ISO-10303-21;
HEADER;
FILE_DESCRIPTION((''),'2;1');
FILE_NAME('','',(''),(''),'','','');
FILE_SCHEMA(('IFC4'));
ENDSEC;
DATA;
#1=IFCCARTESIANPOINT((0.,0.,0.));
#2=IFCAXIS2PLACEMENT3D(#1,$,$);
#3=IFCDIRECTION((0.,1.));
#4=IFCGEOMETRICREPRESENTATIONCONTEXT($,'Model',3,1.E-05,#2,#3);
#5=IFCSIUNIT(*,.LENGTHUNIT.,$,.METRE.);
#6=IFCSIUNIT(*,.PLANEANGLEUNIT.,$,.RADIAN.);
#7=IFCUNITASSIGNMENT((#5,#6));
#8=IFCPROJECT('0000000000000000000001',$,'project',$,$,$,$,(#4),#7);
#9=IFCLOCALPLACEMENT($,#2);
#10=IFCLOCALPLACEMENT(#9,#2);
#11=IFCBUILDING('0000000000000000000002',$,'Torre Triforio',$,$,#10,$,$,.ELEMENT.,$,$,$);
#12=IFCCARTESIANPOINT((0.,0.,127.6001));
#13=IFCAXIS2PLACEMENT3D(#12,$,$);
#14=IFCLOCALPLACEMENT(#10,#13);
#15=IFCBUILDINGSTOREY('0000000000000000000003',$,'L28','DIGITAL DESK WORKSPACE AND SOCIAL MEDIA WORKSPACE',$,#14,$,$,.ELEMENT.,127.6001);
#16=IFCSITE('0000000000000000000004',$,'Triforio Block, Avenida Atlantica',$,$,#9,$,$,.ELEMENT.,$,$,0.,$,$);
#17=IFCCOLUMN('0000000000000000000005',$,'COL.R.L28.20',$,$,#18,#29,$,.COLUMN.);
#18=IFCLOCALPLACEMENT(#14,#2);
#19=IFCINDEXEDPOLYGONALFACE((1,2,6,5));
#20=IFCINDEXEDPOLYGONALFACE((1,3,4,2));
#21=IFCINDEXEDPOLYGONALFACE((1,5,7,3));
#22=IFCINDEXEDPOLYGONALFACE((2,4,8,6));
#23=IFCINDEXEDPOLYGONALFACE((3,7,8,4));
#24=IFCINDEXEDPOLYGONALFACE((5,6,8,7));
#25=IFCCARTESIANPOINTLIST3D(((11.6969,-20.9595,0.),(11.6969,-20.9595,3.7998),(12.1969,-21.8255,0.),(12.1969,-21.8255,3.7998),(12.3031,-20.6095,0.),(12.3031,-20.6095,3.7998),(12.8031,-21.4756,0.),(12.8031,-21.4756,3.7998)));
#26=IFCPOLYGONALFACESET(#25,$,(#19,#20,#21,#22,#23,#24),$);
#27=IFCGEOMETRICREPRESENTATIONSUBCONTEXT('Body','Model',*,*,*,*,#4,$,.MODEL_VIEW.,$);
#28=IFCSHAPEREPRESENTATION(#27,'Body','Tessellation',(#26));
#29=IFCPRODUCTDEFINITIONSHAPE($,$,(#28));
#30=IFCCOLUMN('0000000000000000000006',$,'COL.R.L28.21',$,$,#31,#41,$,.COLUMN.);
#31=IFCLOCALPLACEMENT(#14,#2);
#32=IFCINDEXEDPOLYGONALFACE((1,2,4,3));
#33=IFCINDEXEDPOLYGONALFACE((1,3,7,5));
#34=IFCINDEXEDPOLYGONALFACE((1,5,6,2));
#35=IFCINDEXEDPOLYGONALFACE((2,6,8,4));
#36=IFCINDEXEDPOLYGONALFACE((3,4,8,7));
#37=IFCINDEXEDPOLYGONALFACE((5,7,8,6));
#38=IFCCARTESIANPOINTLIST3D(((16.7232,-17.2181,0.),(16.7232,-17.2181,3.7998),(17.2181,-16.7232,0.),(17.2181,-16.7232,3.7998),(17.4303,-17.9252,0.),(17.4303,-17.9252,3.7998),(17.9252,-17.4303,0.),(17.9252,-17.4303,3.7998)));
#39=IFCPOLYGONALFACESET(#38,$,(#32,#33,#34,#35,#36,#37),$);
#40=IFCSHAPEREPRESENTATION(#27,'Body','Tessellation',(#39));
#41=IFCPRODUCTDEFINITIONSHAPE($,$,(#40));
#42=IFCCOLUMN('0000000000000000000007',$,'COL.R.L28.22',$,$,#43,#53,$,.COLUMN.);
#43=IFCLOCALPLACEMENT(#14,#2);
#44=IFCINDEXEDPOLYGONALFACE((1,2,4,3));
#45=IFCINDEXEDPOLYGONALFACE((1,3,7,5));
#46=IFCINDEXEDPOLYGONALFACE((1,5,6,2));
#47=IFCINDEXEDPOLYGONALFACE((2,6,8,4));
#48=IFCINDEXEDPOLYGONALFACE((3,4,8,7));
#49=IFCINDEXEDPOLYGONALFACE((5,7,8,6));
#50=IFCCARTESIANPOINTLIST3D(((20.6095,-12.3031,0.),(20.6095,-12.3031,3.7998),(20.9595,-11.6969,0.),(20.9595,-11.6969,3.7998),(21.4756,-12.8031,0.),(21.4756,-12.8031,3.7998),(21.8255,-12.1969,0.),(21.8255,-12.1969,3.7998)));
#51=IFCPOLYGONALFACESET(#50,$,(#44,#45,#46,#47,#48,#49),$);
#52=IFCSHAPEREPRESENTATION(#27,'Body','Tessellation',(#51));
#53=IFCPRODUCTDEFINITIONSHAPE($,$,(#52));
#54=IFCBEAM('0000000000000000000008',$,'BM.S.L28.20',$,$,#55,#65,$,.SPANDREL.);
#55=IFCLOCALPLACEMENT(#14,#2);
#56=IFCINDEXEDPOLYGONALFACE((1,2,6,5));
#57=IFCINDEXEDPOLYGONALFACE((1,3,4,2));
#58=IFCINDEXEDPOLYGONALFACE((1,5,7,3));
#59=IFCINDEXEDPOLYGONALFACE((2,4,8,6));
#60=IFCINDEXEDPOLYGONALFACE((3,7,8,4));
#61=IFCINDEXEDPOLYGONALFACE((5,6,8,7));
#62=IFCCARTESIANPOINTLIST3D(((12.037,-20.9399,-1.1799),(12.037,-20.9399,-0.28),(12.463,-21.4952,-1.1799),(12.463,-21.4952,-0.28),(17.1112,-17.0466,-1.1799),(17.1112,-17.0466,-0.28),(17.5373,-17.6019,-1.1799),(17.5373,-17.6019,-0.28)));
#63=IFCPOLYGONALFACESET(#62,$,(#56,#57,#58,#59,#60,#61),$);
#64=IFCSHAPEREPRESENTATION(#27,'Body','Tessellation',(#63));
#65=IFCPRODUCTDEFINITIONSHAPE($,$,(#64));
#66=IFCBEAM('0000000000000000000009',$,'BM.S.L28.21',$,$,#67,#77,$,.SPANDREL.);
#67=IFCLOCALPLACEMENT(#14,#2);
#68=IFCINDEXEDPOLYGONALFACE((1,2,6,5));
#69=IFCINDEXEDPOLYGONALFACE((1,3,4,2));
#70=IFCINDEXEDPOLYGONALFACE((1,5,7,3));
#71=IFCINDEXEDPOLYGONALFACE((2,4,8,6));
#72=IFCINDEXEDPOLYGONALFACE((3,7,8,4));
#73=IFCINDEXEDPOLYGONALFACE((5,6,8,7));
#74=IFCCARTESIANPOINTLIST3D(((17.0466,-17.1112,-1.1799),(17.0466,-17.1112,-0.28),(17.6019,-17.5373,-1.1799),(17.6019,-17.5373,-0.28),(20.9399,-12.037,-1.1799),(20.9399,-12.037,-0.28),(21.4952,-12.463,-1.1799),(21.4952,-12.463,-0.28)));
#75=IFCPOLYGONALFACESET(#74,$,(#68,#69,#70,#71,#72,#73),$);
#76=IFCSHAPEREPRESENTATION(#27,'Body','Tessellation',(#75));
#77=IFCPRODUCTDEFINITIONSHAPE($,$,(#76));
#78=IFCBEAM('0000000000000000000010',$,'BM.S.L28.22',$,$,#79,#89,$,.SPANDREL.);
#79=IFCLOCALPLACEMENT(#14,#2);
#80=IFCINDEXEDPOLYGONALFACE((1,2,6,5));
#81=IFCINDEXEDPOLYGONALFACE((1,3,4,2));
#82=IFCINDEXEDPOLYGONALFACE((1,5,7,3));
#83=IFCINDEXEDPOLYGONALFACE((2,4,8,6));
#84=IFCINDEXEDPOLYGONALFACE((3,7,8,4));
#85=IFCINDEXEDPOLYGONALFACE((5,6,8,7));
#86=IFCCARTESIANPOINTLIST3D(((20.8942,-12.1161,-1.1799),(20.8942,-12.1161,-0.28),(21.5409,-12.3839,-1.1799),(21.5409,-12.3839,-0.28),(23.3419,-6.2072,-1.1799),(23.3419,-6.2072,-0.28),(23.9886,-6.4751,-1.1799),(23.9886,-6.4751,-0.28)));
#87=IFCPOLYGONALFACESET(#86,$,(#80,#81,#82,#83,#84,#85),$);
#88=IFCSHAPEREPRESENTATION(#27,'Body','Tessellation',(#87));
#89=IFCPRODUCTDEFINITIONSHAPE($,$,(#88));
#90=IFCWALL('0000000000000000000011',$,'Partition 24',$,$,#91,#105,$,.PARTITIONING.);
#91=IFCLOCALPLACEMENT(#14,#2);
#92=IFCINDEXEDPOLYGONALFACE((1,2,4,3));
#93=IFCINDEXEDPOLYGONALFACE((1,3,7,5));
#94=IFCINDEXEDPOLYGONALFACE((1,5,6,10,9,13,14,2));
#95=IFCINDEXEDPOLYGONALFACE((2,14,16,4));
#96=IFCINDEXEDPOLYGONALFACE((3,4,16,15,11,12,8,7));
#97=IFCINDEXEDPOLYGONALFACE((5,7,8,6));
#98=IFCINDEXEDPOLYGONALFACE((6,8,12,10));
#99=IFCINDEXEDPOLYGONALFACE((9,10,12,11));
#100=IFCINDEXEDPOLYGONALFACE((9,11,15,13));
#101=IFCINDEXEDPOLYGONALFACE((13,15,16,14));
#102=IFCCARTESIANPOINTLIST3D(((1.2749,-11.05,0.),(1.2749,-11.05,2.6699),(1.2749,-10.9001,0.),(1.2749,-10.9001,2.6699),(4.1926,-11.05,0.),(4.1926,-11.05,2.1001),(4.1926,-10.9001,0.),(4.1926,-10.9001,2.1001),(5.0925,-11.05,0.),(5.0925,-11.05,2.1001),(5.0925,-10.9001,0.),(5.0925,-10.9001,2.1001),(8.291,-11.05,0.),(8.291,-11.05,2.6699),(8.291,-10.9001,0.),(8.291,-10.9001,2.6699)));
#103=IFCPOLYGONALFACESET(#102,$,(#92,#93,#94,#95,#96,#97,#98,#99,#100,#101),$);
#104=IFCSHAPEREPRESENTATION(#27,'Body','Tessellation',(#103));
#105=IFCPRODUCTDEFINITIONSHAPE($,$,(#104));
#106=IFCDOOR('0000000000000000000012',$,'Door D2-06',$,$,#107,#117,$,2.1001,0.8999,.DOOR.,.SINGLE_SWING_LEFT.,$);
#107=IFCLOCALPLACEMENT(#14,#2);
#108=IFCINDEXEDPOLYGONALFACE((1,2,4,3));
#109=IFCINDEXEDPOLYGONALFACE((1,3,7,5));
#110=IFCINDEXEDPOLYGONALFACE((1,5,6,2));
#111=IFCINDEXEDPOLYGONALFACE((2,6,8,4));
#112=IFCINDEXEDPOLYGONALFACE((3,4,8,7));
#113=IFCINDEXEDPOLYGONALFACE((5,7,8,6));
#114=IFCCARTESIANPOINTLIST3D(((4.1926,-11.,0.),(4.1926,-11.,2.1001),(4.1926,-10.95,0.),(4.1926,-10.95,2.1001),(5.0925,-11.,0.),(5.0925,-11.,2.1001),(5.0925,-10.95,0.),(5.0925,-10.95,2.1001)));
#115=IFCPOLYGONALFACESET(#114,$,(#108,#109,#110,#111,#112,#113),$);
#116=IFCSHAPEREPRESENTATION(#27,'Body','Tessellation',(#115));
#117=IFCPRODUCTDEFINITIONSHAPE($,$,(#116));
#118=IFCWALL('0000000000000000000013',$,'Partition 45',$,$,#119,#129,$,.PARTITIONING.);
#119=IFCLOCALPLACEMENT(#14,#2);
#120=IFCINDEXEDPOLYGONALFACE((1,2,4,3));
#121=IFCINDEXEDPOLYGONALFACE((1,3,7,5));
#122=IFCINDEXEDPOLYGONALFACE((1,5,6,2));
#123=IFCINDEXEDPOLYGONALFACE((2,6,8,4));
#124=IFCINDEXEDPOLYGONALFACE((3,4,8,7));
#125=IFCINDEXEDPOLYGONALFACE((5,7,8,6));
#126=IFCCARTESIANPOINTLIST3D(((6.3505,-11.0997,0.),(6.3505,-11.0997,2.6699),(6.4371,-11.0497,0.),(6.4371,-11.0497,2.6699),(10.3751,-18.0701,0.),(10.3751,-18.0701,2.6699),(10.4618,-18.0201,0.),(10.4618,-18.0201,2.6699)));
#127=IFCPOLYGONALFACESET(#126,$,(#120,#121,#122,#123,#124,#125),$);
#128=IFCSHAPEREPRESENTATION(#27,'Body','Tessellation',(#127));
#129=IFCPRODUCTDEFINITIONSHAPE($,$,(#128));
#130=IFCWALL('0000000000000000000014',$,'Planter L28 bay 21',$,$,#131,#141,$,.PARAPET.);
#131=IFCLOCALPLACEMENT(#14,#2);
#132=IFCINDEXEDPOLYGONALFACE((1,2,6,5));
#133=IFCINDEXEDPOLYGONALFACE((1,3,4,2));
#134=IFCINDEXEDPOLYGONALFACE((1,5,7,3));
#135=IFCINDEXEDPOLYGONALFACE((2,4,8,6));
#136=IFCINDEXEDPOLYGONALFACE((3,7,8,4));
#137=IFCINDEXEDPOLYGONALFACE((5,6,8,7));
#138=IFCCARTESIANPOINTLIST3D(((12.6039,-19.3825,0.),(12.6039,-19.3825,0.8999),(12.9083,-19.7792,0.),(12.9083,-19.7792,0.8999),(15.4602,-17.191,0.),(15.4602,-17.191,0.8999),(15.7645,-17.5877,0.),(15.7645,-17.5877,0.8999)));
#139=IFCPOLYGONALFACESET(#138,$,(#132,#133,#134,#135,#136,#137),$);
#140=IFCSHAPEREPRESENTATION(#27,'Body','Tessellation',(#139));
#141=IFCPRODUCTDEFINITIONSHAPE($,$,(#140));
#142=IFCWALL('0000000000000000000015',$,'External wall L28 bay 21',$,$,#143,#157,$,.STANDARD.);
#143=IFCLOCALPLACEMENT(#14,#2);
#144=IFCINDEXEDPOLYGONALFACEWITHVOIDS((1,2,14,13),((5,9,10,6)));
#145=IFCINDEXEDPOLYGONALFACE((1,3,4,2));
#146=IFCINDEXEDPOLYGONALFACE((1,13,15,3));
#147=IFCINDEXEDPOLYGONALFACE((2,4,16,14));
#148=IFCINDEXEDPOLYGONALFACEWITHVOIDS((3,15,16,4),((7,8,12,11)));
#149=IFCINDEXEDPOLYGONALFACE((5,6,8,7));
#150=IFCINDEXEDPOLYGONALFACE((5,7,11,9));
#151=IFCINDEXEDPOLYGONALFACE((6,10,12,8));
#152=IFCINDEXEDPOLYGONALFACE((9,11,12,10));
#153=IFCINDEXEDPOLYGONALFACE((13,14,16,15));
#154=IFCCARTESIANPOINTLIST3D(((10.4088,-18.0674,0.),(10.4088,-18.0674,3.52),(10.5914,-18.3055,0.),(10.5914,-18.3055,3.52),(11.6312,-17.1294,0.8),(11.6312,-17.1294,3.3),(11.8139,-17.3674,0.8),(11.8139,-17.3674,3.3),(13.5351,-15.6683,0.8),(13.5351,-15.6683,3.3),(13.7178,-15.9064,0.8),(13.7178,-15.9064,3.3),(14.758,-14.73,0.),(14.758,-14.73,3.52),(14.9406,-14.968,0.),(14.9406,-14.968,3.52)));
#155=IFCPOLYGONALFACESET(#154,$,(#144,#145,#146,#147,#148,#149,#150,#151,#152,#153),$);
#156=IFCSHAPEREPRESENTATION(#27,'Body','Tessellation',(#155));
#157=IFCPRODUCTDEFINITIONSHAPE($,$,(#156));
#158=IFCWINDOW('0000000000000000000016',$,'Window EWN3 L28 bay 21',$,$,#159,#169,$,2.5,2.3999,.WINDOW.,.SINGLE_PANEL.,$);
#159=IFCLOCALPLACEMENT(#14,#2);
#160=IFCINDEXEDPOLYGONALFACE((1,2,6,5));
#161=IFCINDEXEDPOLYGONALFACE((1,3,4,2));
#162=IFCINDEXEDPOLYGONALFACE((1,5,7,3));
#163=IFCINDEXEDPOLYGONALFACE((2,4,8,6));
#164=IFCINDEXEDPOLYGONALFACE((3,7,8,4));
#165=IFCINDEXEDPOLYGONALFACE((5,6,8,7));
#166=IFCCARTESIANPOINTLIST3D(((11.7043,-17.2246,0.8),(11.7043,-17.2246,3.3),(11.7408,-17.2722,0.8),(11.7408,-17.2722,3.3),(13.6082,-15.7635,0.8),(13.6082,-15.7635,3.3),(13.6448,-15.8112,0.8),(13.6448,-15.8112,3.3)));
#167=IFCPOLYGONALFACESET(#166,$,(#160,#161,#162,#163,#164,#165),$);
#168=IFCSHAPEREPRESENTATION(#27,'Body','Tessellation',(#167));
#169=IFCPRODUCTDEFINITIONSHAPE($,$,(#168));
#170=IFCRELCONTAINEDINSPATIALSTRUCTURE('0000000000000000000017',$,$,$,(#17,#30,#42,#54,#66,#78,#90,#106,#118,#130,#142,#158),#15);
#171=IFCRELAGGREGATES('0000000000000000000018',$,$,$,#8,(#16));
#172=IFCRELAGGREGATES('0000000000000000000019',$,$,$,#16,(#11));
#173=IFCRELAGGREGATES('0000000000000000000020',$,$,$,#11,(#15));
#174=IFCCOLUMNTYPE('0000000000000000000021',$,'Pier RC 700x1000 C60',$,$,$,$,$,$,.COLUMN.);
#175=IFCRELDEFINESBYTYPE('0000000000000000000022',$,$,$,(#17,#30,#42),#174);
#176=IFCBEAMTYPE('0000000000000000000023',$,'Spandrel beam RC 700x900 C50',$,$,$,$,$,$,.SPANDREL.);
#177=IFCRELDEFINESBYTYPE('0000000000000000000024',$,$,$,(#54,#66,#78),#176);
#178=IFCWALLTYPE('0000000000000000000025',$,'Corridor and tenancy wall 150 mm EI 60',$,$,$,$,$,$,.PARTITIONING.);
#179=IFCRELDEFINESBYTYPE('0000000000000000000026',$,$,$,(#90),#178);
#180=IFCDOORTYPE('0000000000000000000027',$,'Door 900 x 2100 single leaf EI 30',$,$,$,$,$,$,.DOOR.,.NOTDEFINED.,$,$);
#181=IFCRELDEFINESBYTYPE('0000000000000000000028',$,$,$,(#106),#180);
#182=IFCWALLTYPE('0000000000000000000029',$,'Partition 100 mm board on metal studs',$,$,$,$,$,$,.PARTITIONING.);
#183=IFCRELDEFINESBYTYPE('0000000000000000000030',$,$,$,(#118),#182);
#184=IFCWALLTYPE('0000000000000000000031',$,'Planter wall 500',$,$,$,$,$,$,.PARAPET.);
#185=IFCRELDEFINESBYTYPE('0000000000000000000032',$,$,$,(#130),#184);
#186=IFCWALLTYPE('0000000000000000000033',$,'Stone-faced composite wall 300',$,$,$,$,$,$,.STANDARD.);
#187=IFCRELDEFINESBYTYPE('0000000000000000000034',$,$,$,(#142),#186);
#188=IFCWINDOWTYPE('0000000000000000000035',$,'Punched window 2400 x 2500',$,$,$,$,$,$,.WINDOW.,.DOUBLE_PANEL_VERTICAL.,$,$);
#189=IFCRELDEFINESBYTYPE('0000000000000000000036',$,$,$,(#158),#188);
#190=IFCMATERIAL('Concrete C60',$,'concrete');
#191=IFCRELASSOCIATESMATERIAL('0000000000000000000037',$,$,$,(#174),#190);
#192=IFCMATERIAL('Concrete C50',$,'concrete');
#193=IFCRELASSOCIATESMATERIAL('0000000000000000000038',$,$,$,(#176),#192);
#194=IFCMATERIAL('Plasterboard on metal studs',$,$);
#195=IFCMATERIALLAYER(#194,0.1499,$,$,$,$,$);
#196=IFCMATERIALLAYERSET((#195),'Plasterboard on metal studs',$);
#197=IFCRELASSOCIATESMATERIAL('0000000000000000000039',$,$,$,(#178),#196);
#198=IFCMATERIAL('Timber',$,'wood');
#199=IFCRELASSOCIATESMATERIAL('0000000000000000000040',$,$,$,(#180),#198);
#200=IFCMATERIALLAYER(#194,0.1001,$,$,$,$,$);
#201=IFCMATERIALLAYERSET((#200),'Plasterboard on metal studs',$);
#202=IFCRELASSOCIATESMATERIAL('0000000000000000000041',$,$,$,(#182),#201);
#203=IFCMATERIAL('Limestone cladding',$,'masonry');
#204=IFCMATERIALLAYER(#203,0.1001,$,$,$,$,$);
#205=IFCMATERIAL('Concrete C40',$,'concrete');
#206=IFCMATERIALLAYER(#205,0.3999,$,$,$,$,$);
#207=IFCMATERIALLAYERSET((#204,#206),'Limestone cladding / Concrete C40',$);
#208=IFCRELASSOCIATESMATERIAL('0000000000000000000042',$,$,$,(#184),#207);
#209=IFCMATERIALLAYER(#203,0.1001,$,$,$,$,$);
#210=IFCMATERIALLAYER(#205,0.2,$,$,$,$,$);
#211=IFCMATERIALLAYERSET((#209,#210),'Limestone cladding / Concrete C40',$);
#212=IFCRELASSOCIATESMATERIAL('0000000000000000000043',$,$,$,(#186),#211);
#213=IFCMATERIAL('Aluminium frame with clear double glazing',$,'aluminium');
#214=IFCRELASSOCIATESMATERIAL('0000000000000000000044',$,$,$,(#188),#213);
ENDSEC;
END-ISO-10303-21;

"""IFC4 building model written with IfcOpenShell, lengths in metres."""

from ifc_helpers import new_model, si_unit, direction, frame, frame_2d, origin, origin_2d, place, context, subcontext, project, spatial, rectangle, extrude, material, layer, layer_set, material_profile, profile_set, type_object, element, fill, save


model = new_model("IFC4")

# Units and contexts
model_context = context("Model", 3, precision=1e-05, world=origin(), true_north=direction((0.0, 1.0)))
body_context = subcontext(model_context, "Body", "Model", "MODEL_VIEW")
ifc_project = project(units=[si_unit("LENGTHUNIT", "METRE"), si_unit("PLANEANGLEUNIT", "RADIAN")], contexts=[model_context])

# Site, building, storey
site_placement = place(None, origin())
site = spatial("IfcSite", under=ifc_project, at=site_placement, Name="Triforio Block, Avenida Atlantica", CompositionType="ELEMENT", RefElevation=0.0)
building_placement = place(site_placement, origin())
building = spatial("IfcBuilding", under=site, at=building_placement, Name="Torre Triforio", CompositionType="ELEMENT")
storey_placement = place(building_placement, frame((0.0, 0.0, 127.6001)))
storey = spatial("IfcBuildingStorey", under=building, at=storey_placement, Name="L28", Description="DIGITAL DESK WORKSPACE AND SOCIAL MEDIA WORKSPACE", CompositionType="ELEMENT", Elevation=127.6001)

# Columns
ifc_material_1 = material(Name="Concrete C60", Category="concrete")
ifc_material_profile_1 = material_profile(ifc_material_1, rectangle(XDim=0.7, YDim=1.0, at=origin_2d()), Name="RC 700x1000")
ifc_profile_set_1 = profile_set([ifc_material_profile_1], Name="Concrete C60")
column_type = type_object("IfcColumnType", Name="Pier RC 700x1000 C60", PredefinedType="COLUMN", material=ifc_profile_set_1)
for number, where, z_axis, x_axis, name in (
    (1, (12.25, -21.2175, 0.0), (0.0, 0.0, 1.0), (0.866025, 0.5, 0.0), "COL.R.L28.20"),
    (2, (17.3242, -17.3242, 0.0), (0.0, 0.0, 1.0), (0.707107, 0.707107, 0.0), "COL.R.L28.21"),
    (3, (21.2175, -12.25, 0.0), (0.0, 0.0, 1.0), (0.5, 0.866025, 0.0), "COL.R.L28.22"),
):
    element("IfcColumn", number, at=place(storey_placement, frame(where, z_axis=z_axis, x_axis=x_axis)), inside=storey, type_object=column_type, Name=name, PredefinedType="COLUMN", context=body_context, shape_type="SweptSolid", body=[
        extrude(rectangle(XDim=0.7, YDim=1.0, at=origin_2d()), origin(), (0.0, 0.0, 1.0), 3.7998),
    ])

# Beams
ifc_material_2 = material(Name="Concrete C50", Category="concrete")
ifc_material_profile_2 = material_profile(ifc_material_2, rectangle(XDim=0.7, YDim=0.8999, at=origin_2d()), Name="RC 700x900")
ifc_profile_set_2 = profile_set([ifc_material_profile_2], Name="Concrete C50")
beam_type = type_object("IfcBeamType", Name="Spandrel beam RC 700x900 C50", PredefinedType="SPANDREL", material=ifc_profile_set_2)
for number, where, z_axis, x_axis, name in (
    (4, (12.25, -21.2175, -0.73), (0.793374, 0.608734, 0.0), (-0.608734, 0.793374, 0.0), "BM.S.L28.20"),
    (5, (17.3242, -17.3242, -0.73), (0.608734, 0.793374, 0.0), (-0.793374, 0.608734, 0.0), "BM.S.L28.21"),
    (6, (21.2175, -12.25, -0.73), (0.382709, 0.923869, 0.0), (-0.923869, 0.382709, 0.0), "BM.S.L28.22"),
):
    element("IfcBeam", number, at=place(storey_placement, frame(where, z_axis=z_axis, x_axis=x_axis)), inside=storey, type_object=beam_type, Name=name, PredefinedType="SPANDREL", context=body_context, shape_type="SweptSolid", body=[
        extrude(rectangle(XDim=0.7, YDim=0.8999, at=origin_2d()), origin(), (0.0, 0.0, 1.0), 6.3958),
    ])

# Wall, opening, door
ifc_material_3 = material(Name="Plasterboard on metal studs")
ifc_layer_1 = layer(ifc_material_3, 0.1499)
ifc_layer_set_1 = layer_set([ifc_layer_1], Name="Plasterboard on metal studs")
wall_type_1 = type_object("IfcWallType", Name="Corridor and tenancy wall 150 mm EI 60", PredefinedType="PARTITIONING", material=ifc_layer_set_1)
wall_1_placement = place(storey_placement, frame((8.291, -10.9751, 0.0), z_axis=(0.0, 0.0, 1.0), x_axis=(-1.0, 0.0, 0.0)))
wall_1 = element("IfcWall", 7, at=wall_1_placement, inside=storey, type_object=wall_type_1, Name="Partition 24", PredefinedType="PARTITIONING", context=body_context, shape_type="SweptSolid", body=[
    extrude(rectangle(XDim=7.0161, YDim=0.1499, at=frame_2d((3.5081, 0.0))), origin(), (0.0, 0.0, 1.0), 2.6699),
])
opening_1_placement = place(wall_1_placement, frame((3.1985, 0.0, 0.0)))
opening_1 = element("IfcOpeningElement", 8, at=opening_1_placement, cuts=wall_1, PredefinedType="OPENING", context=body_context, shape_type="SweptSolid", body=[
    extrude(rectangle(XDim=0.8999, YDim=2.1001, at=frame_2d((0.45, 1.05))), frame((0.0, 0.085, 0.0), z_axis=(0.0, -1.0, 0.0), x_axis=(1.0, 0.0, 0.0)), (0.0, 0.0, 1.0), 0.1699),
])
ifc_material_4 = material(Name="Timber", Category="wood")
door_type_1 = type_object("IfcDoorType", Name="Door 900 x 2100 single leaf EI 30", OperationType="NOTDEFINED", PredefinedType="DOOR", material=ifc_material_4)
door_1_placement = place(opening_1_placement, origin())
door_1 = element("IfcDoor", 9, at=door_1_placement, inside=storey, type_object=door_type_1, Name="Door D2-06", OperationType="SINGLE_SWING_LEFT", OverallHeight=2.1001, OverallWidth=0.8999, PredefinedType="DOOR", context=body_context, shape_type="SweptSolid", body=[
    extrude(rectangle(XDim=0.8999, YDim=2.1001, at=frame_2d((0.45, 1.05))), frame((0.0, 0.0249, 0.0), z_axis=(0.0, -1.0, 0.0), x_axis=(1.0, 0.0, 0.0)), (0.0, 0.0, 1.0), 0.05),
])
fill(opening_1, door_1)

# Walls
ifc_layer_2 = layer(ifc_material_3, 0.1001)
ifc_layer_set_2 = layer_set([ifc_layer_2], Name="Plasterboard on metal studs")
wall_type_2 = type_object("IfcWallType", Name="Partition 100 mm board on metal studs", PredefinedType="PARTITIONING", material=ifc_layer_set_2)
wall_2_placement = place(storey_placement, frame((6.3938, -11.0747, 0.0), z_axis=(0.0, 0.0, 1.0), x_axis=(0.500024, -0.866011, 0.0)))
element("IfcWall", 10, at=wall_2_placement, inside=storey, type_object=wall_type_2, Name="Partition 45", PredefinedType="PARTITIONING", context=body_context, shape_type="SweptSolid", body=[
    extrude(rectangle(XDim=8.0488, YDim=0.1001, at=frame_2d((4.0244, 0.0))), origin(), (0.0, 0.0, 1.0), 2.6699),
])
ifc_material_5 = material(Name="Limestone cladding", Category="masonry")
ifc_layer_3 = layer(ifc_material_5, 0.1001)
ifc_material_6 = material(Name="Concrete C40", Category="concrete")
ifc_layer_4 = layer(ifc_material_6, 0.3999)
ifc_layer_set_3 = layer_set([ifc_layer_3, ifc_layer_4], Name="Limestone cladding / Concrete C40")
wall_type_3 = type_object("IfcWallType", Name="Planter wall 500", PredefinedType="PARAPET", material=ifc_layer_set_3)
wall_3_placement = place(storey_placement, frame((12.7561, -19.5808, 0.0), z_axis=(0.0, 0.0, 1.0), x_axis=(0.793385, 0.608721, 0.0)))
element("IfcWall", 11, at=wall_3_placement, inside=storey, type_object=wall_type_3, Name="Planter L28 bay 21", PredefinedType="PARAPET", context=body_context, shape_type="SweptSolid", body=[
    extrude(rectangle(XDim=3.6001, YDim=0.5, at=frame_2d((1.8, 0.0))), origin(), (0.0, 0.0, 1.0), 0.8999),
])

# Wall, opening, window
ifc_layer_5 = layer(ifc_material_5, 0.1001)
ifc_layer_6 = layer(ifc_material_6, 0.2)
ifc_layer_set_4 = layer_set([ifc_layer_5, ifc_layer_6], Name="Limestone cladding / Concrete C40")
wall_type_4 = type_object("IfcWallType", Name="Stone-faced composite wall 300", PredefinedType="STANDARD", material=ifc_layer_set_4)
wall_4_placement = place(storey_placement, frame((10.5, -18.1865, 0.0), z_axis=(0.0, 0.0, 1.0), x_axis=(0.793335, 0.608785, 0.0)))
wall_4 = element("IfcWall", 12, at=wall_4_placement, inside=storey, type_object=wall_type_4, Name="External wall L28 bay 21", PredefinedType="STANDARD", context=body_context, shape_type="SweptSolid", body=[
    extrude(rectangle(XDim=5.4822, YDim=0.3, at=frame_2d((2.7412, 0.0))), origin(), (0.0, 0.0, 1.0), 3.52),
])
opening_2_placement = place(wall_4_placement, frame((1.541, 0.0, 0.8)))
opening_2 = element("IfcOpeningElement", 13, at=opening_2_placement, cuts=wall_4, PredefinedType="OPENING", context=body_context, shape_type="SweptSolid", body=[
    extrude(rectangle(XDim=2.3999, YDim=2.5, at=frame_2d((1.2, 1.25))), frame((0.0, 0.1599, 0.0), z_axis=(0.0, -1.0, 0.0), x_axis=(1.0, 0.0, 0.0)), (0.0, 0.0, 1.0), 0.3201),
])
ifc_material_7 = material(Name="Aluminium frame with clear double glazing", Category="aluminium")
window_type_1 = type_object("IfcWindowType", Name="Punched window 2400 x 2500", PartitioningType="DOUBLE_PANEL_VERTICAL", PredefinedType="WINDOW", material=ifc_material_7)
window_1_placement = place(opening_2_placement, origin())
window_1 = element("IfcWindow", 14, at=window_1_placement, inside=storey, type_object=window_type_1, Name="Window EWN3 L28 bay 21", OverallHeight=2.5, OverallWidth=2.3999, PartitioningType="SINGLE_PANEL", PredefinedType="WINDOW", context=body_context, shape_type="SweptSolid", body=[
    extrude(rectangle(XDim=2.3999, YDim=2.5, at=frame_2d((1.2, 1.25))), frame((0.0, 0.03, 0.0), z_axis=(0.0, -1.0, 0.0), x_axis=(1.0, 0.0, 0.0)), (0.0, 0.0, 1.0), 0.0601),
])
fill(opening_2, window_1)

save(model, "model.ifc")
